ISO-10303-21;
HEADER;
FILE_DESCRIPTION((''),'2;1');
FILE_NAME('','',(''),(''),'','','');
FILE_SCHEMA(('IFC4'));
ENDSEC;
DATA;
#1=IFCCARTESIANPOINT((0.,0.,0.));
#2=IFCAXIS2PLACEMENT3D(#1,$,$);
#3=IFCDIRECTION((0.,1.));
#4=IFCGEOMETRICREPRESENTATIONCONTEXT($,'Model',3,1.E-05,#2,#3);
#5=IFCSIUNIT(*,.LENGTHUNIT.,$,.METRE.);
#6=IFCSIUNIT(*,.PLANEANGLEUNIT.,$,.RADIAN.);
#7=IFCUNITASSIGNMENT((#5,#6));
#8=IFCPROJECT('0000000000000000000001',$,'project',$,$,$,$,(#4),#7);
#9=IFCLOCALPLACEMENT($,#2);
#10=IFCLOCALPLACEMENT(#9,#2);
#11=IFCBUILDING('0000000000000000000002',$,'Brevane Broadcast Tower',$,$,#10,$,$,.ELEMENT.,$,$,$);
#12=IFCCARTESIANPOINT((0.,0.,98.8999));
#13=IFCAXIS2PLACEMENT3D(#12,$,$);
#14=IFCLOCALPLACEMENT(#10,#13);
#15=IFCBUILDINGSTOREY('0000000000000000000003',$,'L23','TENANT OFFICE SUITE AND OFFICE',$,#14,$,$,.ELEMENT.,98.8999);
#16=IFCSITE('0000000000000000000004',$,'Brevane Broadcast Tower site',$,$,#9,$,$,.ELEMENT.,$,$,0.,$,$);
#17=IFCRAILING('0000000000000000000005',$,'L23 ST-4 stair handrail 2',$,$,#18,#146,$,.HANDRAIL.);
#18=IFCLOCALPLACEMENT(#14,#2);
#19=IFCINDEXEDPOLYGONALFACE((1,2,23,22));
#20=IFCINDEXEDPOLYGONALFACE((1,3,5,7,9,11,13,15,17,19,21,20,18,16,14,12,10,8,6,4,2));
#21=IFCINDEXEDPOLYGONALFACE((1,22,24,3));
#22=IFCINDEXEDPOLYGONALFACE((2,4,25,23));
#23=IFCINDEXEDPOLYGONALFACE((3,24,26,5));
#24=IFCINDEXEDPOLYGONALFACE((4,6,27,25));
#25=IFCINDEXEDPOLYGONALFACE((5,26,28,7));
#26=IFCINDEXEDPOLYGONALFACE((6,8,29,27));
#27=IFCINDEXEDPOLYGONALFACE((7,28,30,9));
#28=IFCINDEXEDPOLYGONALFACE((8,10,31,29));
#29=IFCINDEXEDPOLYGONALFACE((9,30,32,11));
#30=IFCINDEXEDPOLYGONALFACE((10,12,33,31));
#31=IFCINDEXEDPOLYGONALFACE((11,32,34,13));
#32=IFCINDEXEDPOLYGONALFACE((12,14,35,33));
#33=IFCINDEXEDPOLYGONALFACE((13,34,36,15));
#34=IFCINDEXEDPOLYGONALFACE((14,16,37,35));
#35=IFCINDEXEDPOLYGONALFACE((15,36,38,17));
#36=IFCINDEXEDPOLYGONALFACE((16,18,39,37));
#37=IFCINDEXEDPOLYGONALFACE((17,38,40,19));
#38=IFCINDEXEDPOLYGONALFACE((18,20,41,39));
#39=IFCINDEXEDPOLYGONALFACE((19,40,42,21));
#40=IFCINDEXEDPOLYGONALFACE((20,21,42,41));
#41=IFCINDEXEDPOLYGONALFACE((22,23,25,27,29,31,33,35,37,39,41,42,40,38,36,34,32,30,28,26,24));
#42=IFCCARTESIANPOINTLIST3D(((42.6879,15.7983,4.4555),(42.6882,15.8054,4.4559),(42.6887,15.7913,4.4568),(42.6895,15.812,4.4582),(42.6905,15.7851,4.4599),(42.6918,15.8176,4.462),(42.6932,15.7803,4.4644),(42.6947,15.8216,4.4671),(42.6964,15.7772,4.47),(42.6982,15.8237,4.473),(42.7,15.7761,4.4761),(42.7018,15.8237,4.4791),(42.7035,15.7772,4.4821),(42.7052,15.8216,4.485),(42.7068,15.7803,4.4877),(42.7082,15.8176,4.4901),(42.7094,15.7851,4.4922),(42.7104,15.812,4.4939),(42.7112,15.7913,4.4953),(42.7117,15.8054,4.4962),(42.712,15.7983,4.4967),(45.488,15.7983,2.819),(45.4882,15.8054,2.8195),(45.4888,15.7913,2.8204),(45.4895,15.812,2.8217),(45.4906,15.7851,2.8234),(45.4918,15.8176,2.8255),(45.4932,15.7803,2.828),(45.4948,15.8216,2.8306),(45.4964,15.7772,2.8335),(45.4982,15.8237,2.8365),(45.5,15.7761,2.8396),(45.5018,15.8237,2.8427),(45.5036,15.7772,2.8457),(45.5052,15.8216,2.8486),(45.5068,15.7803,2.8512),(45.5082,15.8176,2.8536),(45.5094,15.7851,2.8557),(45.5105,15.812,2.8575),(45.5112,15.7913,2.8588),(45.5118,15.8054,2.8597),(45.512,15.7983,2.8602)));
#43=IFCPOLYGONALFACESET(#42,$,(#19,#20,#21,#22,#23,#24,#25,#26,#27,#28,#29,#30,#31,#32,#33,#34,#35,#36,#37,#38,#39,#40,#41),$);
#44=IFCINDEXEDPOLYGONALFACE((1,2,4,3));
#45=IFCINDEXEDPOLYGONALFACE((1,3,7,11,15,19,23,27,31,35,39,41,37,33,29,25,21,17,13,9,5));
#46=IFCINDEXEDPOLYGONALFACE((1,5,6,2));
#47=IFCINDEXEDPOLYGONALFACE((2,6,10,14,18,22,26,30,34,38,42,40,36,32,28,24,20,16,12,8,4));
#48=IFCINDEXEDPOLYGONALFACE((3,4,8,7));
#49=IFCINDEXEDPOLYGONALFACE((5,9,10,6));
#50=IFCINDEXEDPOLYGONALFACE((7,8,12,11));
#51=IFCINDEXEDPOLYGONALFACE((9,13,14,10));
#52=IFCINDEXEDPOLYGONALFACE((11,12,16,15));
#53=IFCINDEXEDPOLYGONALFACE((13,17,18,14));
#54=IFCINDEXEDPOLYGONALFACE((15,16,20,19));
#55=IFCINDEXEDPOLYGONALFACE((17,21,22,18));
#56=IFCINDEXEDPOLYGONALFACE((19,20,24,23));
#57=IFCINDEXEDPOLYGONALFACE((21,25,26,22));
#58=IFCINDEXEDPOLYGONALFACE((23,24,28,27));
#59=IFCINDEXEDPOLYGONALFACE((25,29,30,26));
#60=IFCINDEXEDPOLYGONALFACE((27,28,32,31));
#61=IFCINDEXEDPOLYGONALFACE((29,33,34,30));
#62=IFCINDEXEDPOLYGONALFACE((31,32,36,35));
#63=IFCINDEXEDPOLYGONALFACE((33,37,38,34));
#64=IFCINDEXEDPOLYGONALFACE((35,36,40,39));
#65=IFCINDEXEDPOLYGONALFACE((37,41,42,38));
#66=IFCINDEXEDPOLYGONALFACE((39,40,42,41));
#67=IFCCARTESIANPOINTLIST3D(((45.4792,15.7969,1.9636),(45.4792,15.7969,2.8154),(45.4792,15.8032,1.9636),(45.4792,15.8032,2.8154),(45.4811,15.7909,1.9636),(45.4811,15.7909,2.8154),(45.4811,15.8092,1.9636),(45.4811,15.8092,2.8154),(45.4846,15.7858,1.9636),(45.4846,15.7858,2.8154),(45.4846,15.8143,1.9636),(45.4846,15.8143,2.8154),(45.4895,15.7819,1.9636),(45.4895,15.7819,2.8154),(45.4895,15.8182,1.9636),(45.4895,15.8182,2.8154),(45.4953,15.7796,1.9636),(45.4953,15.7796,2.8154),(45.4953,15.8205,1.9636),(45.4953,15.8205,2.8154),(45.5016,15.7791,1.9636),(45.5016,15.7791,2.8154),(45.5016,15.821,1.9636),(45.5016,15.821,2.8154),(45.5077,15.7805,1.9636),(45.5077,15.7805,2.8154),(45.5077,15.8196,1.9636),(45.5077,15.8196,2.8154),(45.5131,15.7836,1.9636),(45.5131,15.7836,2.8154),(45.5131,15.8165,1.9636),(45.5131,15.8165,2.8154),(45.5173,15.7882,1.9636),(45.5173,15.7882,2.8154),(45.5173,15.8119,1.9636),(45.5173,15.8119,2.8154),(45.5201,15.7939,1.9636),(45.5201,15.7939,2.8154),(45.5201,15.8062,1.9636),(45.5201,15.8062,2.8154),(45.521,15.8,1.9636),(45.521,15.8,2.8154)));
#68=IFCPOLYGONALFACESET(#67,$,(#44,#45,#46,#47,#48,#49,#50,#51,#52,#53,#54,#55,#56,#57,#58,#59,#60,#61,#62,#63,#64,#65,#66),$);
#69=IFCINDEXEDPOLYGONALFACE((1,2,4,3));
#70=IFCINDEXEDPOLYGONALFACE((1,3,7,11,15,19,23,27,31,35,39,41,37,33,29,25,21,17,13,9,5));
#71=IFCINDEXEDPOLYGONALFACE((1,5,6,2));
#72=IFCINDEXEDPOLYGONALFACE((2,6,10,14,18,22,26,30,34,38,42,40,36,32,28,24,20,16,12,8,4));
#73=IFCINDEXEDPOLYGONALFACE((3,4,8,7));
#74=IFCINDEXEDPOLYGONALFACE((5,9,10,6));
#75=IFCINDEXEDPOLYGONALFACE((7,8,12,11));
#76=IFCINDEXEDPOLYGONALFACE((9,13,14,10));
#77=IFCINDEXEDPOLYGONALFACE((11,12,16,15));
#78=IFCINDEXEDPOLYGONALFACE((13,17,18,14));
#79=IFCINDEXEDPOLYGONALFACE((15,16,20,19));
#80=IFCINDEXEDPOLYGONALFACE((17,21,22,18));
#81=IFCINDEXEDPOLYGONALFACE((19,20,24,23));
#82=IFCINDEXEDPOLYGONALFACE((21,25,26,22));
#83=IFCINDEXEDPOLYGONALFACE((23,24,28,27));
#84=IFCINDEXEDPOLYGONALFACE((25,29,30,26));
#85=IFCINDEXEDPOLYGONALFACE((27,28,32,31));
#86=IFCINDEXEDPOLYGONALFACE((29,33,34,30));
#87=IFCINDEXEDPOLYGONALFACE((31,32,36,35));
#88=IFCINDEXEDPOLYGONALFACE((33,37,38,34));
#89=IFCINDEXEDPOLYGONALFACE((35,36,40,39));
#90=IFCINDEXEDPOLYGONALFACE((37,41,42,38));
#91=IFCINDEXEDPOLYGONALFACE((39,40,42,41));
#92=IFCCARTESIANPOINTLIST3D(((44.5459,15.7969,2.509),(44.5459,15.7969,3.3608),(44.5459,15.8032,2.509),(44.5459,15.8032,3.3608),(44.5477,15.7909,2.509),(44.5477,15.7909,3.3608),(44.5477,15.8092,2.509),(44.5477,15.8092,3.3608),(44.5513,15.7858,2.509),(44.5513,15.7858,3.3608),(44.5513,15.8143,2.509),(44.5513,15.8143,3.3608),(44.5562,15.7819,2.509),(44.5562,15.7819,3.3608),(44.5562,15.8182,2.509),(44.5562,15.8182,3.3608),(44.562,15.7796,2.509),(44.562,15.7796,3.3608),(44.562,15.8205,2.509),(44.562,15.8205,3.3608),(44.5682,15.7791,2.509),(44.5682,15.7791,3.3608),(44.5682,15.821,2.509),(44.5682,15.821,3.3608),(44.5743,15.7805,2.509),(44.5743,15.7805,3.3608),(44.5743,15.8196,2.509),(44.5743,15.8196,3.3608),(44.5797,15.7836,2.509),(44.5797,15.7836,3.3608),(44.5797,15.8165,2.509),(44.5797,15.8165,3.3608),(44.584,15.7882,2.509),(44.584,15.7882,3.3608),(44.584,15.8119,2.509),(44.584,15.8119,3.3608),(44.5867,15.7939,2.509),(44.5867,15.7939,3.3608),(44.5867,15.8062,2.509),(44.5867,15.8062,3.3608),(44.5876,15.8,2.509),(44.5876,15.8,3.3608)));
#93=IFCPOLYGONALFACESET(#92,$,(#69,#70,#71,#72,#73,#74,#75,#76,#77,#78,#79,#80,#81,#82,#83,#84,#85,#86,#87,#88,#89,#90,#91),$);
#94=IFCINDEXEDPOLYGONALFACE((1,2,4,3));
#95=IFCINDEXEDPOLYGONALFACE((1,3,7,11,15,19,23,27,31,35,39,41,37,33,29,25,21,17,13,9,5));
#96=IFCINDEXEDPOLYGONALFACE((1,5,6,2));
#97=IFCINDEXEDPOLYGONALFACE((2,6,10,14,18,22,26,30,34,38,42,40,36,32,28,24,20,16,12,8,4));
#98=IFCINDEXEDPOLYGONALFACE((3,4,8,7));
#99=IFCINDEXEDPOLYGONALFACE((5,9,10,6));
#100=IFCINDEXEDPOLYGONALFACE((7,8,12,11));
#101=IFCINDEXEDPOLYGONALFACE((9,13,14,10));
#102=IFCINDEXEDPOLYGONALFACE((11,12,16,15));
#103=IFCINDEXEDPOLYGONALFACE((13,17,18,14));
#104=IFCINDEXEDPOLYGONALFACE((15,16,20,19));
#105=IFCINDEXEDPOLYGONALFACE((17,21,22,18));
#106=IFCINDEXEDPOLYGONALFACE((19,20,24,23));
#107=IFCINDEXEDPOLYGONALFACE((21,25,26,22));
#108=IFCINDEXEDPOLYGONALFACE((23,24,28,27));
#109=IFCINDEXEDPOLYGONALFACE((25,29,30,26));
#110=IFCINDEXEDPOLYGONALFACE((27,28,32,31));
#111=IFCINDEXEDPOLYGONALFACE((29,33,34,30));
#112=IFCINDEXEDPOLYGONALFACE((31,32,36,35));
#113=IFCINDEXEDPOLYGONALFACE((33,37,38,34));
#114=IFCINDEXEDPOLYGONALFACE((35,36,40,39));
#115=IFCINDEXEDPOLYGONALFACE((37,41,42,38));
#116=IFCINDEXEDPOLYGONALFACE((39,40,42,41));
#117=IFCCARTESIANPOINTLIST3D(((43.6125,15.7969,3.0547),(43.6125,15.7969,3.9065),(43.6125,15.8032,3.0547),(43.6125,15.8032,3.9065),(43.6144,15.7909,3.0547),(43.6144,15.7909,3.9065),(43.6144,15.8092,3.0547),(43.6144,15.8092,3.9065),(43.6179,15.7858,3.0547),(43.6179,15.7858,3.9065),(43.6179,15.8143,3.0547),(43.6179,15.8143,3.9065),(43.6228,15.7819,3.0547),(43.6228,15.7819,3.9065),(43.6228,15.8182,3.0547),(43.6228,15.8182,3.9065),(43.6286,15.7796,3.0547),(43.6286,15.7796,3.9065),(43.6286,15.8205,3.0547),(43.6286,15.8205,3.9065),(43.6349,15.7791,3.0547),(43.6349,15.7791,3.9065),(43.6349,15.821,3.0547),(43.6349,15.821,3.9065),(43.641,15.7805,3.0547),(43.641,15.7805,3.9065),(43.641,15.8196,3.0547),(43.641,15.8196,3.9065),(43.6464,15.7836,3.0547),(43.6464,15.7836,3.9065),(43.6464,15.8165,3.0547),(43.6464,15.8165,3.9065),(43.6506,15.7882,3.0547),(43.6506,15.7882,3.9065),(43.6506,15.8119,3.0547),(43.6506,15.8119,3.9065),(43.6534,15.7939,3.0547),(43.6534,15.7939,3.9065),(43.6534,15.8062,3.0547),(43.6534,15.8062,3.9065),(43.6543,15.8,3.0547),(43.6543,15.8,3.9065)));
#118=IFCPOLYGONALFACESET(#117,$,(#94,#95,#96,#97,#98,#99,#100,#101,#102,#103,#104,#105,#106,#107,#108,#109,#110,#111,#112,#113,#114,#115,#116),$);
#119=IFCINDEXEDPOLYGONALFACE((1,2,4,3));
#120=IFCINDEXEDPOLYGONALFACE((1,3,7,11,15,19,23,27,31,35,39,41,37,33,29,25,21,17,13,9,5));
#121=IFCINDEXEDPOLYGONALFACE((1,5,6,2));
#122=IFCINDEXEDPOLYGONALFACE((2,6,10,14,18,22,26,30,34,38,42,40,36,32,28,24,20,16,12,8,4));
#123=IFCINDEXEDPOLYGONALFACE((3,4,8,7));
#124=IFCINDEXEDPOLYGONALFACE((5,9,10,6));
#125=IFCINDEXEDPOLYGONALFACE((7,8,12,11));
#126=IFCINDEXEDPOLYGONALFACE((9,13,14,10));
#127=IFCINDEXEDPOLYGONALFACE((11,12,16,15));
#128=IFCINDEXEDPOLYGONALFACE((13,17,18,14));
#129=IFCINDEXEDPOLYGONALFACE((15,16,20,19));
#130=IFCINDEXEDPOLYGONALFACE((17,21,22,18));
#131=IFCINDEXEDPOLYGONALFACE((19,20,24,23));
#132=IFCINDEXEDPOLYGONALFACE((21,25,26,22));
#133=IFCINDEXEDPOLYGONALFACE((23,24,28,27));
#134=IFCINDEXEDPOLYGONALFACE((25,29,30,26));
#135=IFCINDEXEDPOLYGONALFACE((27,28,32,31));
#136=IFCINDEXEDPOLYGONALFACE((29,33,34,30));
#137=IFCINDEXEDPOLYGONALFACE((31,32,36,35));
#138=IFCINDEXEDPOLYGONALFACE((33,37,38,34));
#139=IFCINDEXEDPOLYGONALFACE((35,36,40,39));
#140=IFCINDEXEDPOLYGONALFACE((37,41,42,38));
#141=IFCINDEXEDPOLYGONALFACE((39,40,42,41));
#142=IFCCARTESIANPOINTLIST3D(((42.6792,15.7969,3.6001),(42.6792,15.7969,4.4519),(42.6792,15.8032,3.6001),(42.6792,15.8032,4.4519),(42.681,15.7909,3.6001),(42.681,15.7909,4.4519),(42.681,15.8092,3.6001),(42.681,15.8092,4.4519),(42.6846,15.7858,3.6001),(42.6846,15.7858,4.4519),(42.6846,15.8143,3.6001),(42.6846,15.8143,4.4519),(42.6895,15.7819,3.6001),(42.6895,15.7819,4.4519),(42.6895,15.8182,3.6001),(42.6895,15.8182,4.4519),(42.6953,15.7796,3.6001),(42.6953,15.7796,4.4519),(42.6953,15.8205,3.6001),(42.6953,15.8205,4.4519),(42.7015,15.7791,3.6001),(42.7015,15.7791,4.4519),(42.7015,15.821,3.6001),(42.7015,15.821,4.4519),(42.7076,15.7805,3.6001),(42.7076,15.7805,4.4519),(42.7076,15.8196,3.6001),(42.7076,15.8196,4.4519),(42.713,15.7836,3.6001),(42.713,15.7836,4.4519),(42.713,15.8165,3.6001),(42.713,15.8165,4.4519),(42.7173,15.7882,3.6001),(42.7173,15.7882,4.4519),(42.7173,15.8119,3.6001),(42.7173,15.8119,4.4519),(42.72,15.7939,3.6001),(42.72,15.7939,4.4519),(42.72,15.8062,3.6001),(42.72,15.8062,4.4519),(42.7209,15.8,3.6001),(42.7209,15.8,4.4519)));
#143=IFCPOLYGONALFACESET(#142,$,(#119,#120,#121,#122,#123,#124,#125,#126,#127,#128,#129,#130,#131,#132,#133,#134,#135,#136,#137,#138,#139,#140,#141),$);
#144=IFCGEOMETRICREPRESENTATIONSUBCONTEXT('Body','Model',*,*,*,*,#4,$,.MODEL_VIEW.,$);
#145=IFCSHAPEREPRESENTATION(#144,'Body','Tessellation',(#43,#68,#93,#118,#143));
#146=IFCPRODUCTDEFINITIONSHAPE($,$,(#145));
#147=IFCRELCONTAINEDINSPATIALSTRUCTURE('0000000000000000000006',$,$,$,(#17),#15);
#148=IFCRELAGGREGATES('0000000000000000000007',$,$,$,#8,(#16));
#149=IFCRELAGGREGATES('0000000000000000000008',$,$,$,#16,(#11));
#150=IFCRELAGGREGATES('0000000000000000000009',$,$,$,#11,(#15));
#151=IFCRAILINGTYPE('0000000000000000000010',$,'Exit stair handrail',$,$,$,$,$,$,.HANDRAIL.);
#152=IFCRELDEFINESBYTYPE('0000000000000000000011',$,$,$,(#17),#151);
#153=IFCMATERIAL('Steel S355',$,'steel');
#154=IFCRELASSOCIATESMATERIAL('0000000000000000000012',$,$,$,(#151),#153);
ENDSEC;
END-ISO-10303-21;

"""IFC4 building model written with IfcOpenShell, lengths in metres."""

from ifc_helpers import new_model, si_unit, direction, frame, origin, origin_2d, place, context, subcontext, project, spatial, circle, extrude, material, type_object, element, save


model = new_model("IFC4")

# Units and contexts
model_context = context("Model", 3, precision=1e-05, world=origin(), true_north=direction((0.0, 1.0)))
body_context = subcontext(model_context, "Body", "Model", "MODEL_VIEW")
ifc_project = project(units=[si_unit("LENGTHUNIT", "METRE"), si_unit("PLANEANGLEUNIT", "RADIAN")], contexts=[model_context])

# Site, building, storey
site_placement = place(None, origin())
site = spatial("IfcSite", under=ifc_project, at=site_placement, Name="Brevane Broadcast Tower site", CompositionType="ELEMENT", RefElevation=0.0)
building_placement = place(site_placement, origin())
building = spatial("IfcBuilding", under=site, at=building_placement, Name="Brevane Broadcast Tower", CompositionType="ELEMENT")
storey_placement = place(building_placement, frame((0.0, 0.0, 98.8999)))
storey = spatial("IfcBuildingStorey", under=building, at=storey_placement, Name="L23", Description="TENANT OFFICE SUITE AND OFFICE", CompositionType="ELEMENT", Elevation=98.8999)

# Railing
ifc_material_1 = material(Name="Steel S355", Category="steel")
railing_type_1 = type_object("IfcRailingType", Name="Exit stair handrail", PredefinedType="HANDRAIL", material=ifc_material_1)
railing_1_placement = place(storey_placement, frame((45.5, 15.8, 1.9636)))
element("IfcRailing", 1, at=railing_1_placement, inside=storey, type_object=railing_type_1, Name="L23 ST-4 stair handrail 2", PredefinedType="HANDRAIL", context=body_context, shape_type="SweptSolid", body=[
    extrude(circle(Radius=0.0239, at=origin_2d()), frame((0.0, 0.0, 0.876), z_axis=(-0.863361, 0.0, 0.504587), x_axis=(0.0, -1.0, 0.0)), (0.0, 0.0, 1.0), 3.2432),
    extrude(circle(Radius=0.021, at=origin_2d()), origin(), (0.0, 0.0, 1.0), 0.8518),
    extrude(circle(Radius=0.021, at=origin_2d()), frame((-0.9333, 0.0, 0.5454)), (0.0, 0.0, 1.0), 0.8518),
    extrude(circle(Radius=0.021, at=origin_2d()), frame((-1.8667, 0.0, 1.0911)), (0.0, 0.0, 1.0), 0.8518),
    extrude(circle(Radius=0.021, at=origin_2d()), frame((-2.8, 0.0, 1.6365)), (0.0, 0.0, 1.0), 0.8518),
])

save(model, "model.ifc")
